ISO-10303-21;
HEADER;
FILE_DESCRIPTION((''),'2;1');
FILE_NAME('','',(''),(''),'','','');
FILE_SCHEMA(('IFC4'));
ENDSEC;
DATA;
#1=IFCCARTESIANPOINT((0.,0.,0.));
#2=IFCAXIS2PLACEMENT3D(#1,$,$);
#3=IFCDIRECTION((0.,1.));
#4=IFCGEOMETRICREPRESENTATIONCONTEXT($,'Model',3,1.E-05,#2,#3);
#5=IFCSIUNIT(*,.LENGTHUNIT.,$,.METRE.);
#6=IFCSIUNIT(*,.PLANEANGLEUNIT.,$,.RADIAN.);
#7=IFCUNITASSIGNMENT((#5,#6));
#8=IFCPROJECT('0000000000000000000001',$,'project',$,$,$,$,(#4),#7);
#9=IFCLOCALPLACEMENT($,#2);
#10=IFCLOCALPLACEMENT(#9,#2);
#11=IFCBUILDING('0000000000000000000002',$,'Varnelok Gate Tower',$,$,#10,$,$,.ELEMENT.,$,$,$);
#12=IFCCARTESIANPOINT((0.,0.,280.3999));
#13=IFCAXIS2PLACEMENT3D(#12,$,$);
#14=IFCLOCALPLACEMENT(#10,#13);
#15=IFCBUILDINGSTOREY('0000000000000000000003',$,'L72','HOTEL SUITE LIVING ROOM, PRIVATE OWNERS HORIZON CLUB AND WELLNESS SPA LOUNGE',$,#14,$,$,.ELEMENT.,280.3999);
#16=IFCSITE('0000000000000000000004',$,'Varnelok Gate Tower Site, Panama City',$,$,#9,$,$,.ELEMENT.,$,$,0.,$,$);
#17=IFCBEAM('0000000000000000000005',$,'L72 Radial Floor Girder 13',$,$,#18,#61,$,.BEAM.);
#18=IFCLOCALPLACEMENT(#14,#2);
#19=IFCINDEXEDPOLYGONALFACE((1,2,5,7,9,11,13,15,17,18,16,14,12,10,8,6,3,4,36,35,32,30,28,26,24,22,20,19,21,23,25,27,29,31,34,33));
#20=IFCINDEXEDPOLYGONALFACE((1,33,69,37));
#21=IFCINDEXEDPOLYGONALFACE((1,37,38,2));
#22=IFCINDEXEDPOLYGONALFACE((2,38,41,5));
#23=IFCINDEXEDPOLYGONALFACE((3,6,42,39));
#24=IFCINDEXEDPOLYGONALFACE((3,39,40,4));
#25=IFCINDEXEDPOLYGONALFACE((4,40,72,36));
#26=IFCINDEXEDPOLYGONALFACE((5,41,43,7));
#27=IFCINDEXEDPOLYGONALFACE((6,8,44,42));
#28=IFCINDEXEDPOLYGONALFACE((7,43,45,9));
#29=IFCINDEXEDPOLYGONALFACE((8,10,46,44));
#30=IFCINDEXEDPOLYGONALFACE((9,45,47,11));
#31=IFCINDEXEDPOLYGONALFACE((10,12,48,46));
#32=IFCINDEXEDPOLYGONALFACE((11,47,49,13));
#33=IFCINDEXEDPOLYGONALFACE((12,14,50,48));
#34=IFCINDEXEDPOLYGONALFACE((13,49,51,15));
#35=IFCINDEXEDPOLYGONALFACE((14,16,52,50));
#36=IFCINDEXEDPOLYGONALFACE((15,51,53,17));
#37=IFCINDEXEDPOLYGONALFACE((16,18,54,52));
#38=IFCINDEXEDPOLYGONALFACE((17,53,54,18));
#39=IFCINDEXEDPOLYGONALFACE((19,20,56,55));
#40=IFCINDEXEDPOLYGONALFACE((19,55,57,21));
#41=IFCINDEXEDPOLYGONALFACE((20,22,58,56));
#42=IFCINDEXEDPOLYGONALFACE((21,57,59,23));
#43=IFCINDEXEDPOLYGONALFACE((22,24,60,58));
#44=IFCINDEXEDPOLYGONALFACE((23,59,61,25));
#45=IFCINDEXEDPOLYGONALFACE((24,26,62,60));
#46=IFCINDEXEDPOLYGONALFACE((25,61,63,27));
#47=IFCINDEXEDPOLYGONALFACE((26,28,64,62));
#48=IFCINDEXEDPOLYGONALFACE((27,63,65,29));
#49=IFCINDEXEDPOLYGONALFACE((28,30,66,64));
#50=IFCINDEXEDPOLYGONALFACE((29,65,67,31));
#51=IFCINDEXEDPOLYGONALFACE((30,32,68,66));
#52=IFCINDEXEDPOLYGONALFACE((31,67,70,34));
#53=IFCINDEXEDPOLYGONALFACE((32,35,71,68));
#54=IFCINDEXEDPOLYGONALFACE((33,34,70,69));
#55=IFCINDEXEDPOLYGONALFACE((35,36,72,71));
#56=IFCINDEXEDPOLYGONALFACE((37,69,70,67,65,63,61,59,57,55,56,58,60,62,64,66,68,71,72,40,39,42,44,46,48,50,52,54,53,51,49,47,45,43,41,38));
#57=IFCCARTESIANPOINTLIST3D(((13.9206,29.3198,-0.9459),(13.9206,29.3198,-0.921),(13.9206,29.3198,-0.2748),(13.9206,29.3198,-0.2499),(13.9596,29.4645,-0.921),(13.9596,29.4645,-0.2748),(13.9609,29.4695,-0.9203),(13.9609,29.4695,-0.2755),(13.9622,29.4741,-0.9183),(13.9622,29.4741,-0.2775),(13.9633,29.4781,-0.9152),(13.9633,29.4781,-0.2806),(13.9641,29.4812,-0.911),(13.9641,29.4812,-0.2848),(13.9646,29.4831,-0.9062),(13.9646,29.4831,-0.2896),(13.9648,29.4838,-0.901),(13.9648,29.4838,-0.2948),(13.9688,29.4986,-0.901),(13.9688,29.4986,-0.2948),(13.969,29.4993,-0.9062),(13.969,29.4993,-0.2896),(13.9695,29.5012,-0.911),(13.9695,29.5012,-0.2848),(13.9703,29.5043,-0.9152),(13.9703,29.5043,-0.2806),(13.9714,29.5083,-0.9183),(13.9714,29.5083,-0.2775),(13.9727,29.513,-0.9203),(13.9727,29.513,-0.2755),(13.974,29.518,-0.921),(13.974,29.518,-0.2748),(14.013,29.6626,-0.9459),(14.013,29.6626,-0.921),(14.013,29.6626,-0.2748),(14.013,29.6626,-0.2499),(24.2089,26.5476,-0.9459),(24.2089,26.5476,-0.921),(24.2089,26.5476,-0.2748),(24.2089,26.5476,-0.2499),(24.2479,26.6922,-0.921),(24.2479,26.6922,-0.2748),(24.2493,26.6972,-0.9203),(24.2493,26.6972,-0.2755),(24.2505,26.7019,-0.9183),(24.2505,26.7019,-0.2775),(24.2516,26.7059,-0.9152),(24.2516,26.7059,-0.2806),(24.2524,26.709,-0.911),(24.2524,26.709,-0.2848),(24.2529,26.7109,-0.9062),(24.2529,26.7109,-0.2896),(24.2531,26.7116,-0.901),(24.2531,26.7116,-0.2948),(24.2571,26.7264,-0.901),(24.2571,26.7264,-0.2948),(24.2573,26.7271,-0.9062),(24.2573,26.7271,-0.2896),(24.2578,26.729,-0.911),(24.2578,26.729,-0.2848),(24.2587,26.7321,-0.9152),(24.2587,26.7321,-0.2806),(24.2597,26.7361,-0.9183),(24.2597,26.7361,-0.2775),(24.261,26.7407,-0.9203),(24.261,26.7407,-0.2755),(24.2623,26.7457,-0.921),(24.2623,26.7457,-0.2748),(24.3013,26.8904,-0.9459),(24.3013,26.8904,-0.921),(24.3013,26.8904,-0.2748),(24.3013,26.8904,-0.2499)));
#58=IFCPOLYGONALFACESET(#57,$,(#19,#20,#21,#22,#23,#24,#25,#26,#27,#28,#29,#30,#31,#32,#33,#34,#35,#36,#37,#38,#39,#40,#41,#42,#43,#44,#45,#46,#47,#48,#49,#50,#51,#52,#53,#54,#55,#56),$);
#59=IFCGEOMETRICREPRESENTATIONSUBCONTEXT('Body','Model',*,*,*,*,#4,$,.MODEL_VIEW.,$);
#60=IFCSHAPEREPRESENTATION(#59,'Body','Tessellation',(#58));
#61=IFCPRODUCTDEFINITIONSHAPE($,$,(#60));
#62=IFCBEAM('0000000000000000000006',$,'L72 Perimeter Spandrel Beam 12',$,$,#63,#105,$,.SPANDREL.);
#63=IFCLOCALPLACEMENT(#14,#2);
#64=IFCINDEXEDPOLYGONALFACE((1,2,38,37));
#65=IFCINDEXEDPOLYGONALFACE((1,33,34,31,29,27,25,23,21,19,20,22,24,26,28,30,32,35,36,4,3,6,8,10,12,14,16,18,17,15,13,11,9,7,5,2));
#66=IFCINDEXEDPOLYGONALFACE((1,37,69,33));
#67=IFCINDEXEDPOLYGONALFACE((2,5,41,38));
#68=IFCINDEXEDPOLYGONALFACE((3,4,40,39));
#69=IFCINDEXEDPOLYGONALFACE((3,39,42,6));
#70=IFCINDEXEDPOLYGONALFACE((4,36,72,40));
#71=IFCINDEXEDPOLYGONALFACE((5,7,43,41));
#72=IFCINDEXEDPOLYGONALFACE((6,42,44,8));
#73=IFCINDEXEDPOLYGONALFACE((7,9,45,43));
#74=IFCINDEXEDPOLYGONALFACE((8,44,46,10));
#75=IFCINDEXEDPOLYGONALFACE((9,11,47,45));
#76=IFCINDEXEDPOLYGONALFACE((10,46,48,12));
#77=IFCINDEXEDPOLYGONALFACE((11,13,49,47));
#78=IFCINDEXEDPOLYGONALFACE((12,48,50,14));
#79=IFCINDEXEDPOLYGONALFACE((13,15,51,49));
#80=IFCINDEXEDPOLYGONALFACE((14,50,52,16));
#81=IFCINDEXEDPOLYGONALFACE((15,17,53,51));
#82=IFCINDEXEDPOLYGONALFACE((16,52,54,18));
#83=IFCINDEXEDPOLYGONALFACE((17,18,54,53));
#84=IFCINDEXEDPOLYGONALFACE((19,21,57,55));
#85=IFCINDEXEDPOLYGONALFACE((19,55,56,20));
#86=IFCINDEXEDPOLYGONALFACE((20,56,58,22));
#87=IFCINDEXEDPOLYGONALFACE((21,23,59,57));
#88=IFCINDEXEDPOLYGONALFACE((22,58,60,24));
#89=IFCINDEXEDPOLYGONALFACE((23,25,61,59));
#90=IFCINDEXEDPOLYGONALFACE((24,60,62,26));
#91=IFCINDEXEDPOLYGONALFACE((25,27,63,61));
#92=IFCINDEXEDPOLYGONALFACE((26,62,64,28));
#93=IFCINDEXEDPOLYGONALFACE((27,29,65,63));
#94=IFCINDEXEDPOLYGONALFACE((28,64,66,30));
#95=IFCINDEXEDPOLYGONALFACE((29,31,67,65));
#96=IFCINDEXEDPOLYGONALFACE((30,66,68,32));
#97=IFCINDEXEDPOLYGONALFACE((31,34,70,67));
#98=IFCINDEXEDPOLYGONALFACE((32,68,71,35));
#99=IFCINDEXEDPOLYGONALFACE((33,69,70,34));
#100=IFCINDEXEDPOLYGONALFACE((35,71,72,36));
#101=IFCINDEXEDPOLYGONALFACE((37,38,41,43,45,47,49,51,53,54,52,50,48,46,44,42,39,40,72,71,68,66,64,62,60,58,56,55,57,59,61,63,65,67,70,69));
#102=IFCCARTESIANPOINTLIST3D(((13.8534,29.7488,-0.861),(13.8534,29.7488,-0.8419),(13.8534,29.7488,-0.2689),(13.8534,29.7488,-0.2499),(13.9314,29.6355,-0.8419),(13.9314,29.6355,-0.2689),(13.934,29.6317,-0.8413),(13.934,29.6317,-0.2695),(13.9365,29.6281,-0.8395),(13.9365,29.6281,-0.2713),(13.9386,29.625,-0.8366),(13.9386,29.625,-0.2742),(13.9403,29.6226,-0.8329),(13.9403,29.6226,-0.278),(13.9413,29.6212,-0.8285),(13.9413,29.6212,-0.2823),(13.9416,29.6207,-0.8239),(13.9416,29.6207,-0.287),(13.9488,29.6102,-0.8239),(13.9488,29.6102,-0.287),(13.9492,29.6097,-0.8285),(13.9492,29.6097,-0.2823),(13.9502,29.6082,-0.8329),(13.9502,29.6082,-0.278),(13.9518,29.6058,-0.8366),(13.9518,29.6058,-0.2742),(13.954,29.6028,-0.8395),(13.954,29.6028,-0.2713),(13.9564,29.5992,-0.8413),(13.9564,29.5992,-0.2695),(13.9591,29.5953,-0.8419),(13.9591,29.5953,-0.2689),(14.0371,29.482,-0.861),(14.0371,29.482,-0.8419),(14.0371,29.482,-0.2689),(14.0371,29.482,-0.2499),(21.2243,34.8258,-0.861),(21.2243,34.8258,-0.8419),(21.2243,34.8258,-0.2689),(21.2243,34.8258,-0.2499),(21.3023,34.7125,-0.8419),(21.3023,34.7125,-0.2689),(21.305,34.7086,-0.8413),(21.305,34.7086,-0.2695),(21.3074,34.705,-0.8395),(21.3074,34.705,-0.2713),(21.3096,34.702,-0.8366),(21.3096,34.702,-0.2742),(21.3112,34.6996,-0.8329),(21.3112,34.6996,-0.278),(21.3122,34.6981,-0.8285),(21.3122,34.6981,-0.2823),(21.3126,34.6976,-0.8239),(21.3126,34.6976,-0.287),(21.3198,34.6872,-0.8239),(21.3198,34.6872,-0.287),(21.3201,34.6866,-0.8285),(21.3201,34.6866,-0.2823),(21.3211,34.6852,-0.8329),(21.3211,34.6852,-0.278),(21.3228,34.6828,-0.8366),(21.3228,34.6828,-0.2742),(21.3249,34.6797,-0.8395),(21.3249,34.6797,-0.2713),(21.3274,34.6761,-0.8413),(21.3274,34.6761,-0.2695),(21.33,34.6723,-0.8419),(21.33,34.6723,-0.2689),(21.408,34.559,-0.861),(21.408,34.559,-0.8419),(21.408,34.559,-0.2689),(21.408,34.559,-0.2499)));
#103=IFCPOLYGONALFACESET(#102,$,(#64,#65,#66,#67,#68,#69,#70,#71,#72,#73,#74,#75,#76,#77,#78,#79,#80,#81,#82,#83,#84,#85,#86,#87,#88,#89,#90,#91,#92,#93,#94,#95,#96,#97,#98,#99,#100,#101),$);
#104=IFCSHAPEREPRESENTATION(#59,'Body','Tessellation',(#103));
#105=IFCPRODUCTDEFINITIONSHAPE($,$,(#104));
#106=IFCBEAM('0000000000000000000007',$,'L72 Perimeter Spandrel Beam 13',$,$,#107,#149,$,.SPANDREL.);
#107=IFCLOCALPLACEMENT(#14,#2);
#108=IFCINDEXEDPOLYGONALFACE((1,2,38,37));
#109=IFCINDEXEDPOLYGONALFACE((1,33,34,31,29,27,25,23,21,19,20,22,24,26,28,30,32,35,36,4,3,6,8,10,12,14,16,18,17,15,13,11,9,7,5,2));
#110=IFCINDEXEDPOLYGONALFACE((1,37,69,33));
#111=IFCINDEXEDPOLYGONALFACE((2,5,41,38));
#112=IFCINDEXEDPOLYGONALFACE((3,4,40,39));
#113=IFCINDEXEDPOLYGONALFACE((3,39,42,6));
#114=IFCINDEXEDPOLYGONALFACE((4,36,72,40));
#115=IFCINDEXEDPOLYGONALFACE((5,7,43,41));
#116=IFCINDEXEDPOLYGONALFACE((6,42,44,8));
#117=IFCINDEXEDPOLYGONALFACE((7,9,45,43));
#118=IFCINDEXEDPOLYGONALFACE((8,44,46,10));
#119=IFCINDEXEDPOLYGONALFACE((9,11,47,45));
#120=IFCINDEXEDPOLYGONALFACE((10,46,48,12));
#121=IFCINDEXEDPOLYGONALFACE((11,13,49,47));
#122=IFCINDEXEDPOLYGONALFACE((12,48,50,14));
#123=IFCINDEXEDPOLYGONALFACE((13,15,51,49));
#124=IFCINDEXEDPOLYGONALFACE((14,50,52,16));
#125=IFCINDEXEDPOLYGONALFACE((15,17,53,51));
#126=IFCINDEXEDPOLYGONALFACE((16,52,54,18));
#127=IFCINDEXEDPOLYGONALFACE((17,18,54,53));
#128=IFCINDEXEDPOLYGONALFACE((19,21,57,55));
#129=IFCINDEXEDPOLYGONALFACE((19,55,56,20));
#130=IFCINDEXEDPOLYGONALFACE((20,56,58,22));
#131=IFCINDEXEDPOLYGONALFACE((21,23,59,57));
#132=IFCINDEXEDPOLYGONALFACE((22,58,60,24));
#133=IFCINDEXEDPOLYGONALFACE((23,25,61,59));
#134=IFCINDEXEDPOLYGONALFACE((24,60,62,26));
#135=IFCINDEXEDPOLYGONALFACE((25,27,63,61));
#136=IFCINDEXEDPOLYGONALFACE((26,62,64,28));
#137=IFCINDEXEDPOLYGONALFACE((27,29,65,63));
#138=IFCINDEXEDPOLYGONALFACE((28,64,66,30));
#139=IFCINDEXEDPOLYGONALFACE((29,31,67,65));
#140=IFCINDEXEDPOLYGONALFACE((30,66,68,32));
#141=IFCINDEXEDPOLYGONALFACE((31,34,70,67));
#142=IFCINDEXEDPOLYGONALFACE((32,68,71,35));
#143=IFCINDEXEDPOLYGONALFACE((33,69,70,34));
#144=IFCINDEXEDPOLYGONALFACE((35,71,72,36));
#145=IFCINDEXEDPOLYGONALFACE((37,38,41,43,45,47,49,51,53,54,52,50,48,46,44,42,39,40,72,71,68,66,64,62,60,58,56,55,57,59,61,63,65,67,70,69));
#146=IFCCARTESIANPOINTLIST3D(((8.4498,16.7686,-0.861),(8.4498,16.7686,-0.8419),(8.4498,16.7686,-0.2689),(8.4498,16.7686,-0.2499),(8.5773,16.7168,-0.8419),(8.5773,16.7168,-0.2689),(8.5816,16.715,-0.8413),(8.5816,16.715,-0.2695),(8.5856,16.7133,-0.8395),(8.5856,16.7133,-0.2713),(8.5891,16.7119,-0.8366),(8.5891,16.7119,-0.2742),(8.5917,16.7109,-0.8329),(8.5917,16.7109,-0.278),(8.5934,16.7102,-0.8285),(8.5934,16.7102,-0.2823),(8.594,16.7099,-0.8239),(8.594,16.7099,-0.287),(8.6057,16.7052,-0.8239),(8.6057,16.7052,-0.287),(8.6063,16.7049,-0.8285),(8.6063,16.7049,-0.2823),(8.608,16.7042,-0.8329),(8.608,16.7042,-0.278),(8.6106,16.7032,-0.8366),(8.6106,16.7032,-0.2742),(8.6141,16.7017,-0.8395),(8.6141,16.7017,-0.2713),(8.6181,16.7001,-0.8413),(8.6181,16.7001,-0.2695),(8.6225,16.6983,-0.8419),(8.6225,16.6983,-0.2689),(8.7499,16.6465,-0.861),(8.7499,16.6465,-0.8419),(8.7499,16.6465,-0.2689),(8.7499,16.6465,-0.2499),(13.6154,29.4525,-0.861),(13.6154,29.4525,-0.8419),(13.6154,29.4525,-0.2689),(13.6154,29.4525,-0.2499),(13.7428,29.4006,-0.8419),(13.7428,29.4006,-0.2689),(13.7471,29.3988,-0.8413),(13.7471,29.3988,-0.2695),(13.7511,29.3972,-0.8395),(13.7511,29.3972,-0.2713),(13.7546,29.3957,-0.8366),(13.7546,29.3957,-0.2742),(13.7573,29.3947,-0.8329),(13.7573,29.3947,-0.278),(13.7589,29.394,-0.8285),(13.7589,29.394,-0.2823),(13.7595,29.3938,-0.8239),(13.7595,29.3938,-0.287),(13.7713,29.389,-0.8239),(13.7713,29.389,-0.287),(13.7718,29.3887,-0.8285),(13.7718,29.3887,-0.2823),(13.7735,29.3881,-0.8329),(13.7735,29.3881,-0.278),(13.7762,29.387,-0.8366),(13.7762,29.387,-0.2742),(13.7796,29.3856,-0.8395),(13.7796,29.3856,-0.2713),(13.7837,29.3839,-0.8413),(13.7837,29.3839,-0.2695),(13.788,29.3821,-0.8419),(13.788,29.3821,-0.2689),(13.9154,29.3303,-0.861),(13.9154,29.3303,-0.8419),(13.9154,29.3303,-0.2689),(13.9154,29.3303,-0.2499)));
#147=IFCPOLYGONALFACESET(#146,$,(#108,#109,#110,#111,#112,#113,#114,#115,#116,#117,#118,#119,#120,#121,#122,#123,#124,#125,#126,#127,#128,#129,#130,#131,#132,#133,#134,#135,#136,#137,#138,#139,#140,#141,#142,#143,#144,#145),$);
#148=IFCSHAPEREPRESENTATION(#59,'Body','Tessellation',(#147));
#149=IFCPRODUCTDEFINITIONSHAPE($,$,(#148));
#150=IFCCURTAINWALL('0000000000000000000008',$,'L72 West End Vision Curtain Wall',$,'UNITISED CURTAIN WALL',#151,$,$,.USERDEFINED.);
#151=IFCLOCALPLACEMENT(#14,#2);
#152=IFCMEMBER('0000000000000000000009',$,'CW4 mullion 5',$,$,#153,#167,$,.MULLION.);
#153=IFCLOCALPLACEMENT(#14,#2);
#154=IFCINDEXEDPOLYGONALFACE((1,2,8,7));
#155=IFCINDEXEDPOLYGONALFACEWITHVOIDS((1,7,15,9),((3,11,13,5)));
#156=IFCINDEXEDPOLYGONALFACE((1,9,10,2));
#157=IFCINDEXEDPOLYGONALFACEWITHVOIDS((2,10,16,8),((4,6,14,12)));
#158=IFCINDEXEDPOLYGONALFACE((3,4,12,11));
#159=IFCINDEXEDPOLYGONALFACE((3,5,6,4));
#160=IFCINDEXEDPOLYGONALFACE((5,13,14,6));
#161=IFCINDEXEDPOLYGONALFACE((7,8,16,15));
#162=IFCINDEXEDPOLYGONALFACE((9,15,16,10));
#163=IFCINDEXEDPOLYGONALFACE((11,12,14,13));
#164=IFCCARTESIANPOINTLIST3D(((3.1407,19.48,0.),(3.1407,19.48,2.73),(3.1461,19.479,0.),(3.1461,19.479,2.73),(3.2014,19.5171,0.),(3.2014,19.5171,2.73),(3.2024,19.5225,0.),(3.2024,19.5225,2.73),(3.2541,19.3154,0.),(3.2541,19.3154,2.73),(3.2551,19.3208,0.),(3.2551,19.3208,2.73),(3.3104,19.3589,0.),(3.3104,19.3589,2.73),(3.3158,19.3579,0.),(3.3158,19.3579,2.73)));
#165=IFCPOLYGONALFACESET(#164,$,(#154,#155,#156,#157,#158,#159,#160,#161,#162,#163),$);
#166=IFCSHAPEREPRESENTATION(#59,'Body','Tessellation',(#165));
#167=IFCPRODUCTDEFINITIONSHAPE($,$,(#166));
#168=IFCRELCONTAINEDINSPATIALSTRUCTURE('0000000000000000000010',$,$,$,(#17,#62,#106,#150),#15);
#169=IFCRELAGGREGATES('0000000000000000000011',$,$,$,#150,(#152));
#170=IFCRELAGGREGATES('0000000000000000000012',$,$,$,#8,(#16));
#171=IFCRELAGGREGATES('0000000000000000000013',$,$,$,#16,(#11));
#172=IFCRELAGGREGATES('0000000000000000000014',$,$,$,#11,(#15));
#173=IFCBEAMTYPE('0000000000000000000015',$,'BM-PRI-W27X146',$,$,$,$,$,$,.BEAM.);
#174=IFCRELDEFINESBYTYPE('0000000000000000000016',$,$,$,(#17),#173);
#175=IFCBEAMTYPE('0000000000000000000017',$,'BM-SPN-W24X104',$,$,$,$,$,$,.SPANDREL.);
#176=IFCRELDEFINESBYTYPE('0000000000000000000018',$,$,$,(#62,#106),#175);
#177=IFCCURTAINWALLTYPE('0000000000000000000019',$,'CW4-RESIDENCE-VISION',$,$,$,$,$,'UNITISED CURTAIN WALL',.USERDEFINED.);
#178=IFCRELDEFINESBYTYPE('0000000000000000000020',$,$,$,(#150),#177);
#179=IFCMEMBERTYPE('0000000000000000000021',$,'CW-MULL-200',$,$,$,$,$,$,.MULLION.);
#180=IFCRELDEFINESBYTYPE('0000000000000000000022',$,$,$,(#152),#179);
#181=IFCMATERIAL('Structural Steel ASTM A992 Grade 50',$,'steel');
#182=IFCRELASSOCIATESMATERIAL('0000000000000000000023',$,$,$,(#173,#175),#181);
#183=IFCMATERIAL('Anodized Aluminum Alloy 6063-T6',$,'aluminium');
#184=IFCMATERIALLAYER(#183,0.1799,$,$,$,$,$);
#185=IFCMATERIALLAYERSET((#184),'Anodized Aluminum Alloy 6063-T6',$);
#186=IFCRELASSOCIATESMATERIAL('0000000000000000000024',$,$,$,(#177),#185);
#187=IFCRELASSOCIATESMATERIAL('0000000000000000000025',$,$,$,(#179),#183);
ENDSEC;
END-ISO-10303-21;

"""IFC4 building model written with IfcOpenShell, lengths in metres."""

from ifc_helpers import new_model, si_unit, direction, frame, origin, origin_2d, place, context, subcontext, project, spatial, hollow_rectangle, i_section, extrude, material, layer, layer_set, material_profile, profile_set, type_object, element, aggregate, save


model = new_model("IFC4")

# Units and contexts
model_context = context("Model", 3, precision=1e-05, world=origin(), true_north=direction((0.0, 1.0)))
body_context = subcontext(model_context, "Body", "Model", "MODEL_VIEW")
ifc_project = project(units=[si_unit("LENGTHUNIT", "METRE"), si_unit("PLANEANGLEUNIT", "RADIAN")], contexts=[model_context])

# Site, building, storey
site_placement = place(None, origin())
site = spatial("IfcSite", under=ifc_project, at=site_placement, Name="Varnelok Gate Tower Site, Panama City", CompositionType="ELEMENT", RefElevation=0.0)
building_placement = place(site_placement, origin())
building = spatial("IfcBuilding", under=site, at=building_placement, Name="Varnelok Gate Tower", CompositionType="ELEMENT")
storey_placement = place(building_placement, frame((0.0, 0.0, 280.3999)))
storey = spatial("IfcBuildingStorey", under=building, at=storey_placement, Name="L72", Description="HOTEL SUITE LIVING ROOM, PRIVATE OWNERS HORIZON CLUB AND WELLNESS SPA LOUNGE", CompositionType="ELEMENT", Elevation=280.3999)

# Shared definitions
ifc_material_1 = material(Name="Structural Steel ASTM A992 Grade 50", Category="steel")

# Beams
ifc_material_profile_1 = material_profile(ifc_material_1, i_section(OverallWidth=0.355, OverallDepth=0.696, WebThickness=0.0154, FlangeThickness=0.0249, FilletRadius=0.02, at=origin_2d()), Name="W27X146")
ifc_profile_set_1 = profile_set([ifc_material_profile_1], Name="Structural Steel ASTM A992 Grade 50")
beam_type_1 = type_object("IfcBeamType", Name="BM-PRI-W27X146", PredefinedType="BEAM", material=ifc_profile_set_1)
beam_1_placement = place(storey_placement, frame((24.2551, 26.719, -0.5979), z_axis=(-0.965562, 0.260173, 0.0), x_axis=(-0.260173, -0.965562, 0.0)))
element("IfcBeam", 1, at=beam_1_placement, inside=storey, type_object=beam_type_1, Name="L72 Radial Floor Girder 13", PredefinedType="BEAM", context=body_context, shape_type="SweptSolid", body=[
    extrude(i_section(OverallWidth=0.355, OverallDepth=0.696, WebThickness=0.0154, FlangeThickness=0.0249, FilletRadius=0.02, at=origin_2d()), origin(), (0.0, 0.0, 1.0), 10.6553),
])
ifc_material_profile_2 = material_profile(ifc_material_1, i_section(OverallWidth=0.324, OverallDepth=0.6111, WebThickness=0.0127, FlangeThickness=0.019, FilletRadius=0.0181, at=origin_2d()), Name="W24X104")
ifc_profile_set_2 = profile_set([ifc_material_profile_2], Name="Structural Steel ASTM A992 Grade 50")
beam_type_2 = type_object("IfcBeamType", Name="BM-SPN-W24X104", PredefinedType="SPANDREL", material=ifc_profile_set_2)
beam_2_placement = place(storey_placement, frame((21.3162, 34.6924, -0.5554), z_axis=(-0.823549, -0.567245, 0.0), x_axis=(0.567245, -0.823549, 0.0)))
element("IfcBeam", 2, at=beam_2_placement, inside=storey, type_object=beam_type_2, Name="L72 Perimeter Spandrel Beam 12", PredefinedType="SPANDREL", context=body_context, shape_type="SweptSolid", body=[
    extrude(i_section(OverallWidth=0.324, OverallDepth=0.6111, WebThickness=0.0127, FlangeThickness=0.019, FilletRadius=0.0181, at=origin_2d()), origin(), (0.0, 0.0, 1.0), 8.9502),
])
beam_3_placement = place(storey_placement, frame((13.7654, 29.3914, -0.5554), z_axis=(-0.377174, -0.926142, 0.0), x_axis=(0.926142, -0.377174, 0.0)))
element("IfcBeam", 3, at=beam_3_placement, inside=storey, type_object=beam_type_2, Name="L72 Perimeter Spandrel Beam 13", PredefinedType="SPANDREL", context=body_context, shape_type="SweptSolid", body=[
    extrude(i_section(OverallWidth=0.324, OverallDepth=0.6111, WebThickness=0.0127, FlangeThickness=0.019, FilletRadius=0.0181, at=origin_2d()), origin(), (0.0, 0.0, 1.0), 13.6953),
])

# Curtain wall, member
ifc_material_2 = material(Name="Anodized Aluminum Alloy 6063-T6", Category="aluminium")
ifc_layer_1 = layer(ifc_material_2, 0.1799)
ifc_layer_set_1 = layer_set([ifc_layer_1], Name="Anodized Aluminum Alloy 6063-T6")
curtain_wall_type = type_object("IfcCurtainWallType", Name="CW4-RESIDENCE-VISION", ElementType="UNITISED CURTAIN WALL", PredefinedType="USERDEFINED", material=ifc_layer_set_1)
curtain_wall_placement = place(storey_placement, origin())
curtain_wall = element("IfcCurtainWall", 4, at=curtain_wall_placement, inside=storey, type_object=curtain_wall_type, Name="L72 West End Vision Curtain Wall", ObjectType="UNITISED CURTAIN WALL", PredefinedType="USERDEFINED")
ifc_material_profile_3 = material_profile(ifc_material_2, hollow_rectangle(XDim=0.075, YDim=0.2, WallThickness=0.0039, at=origin_2d()), Name="ALU200X75X4")
ifc_profile_set_3 = profile_set([ifc_material_profile_3], Name="Anodized Aluminum Alloy 6063-T6")
member_type = type_object("IfcMemberType", Name="CW-MULL-200", PredefinedType="MULLION", material=ifc_profile_set_3)
member_placement = place(storey_placement, frame((3.2283, 19.4189, 0.0), z_axis=(0.0, 0.0, 1.0), x_axis=(-0.823532, -0.567269, 0.0)))
member = element("IfcMember", 5, at=member_placement, type_object=member_type, Name="CW4 mullion 5", PredefinedType="MULLION", context=body_context, shape_type="SweptSolid", body=[
    extrude(hollow_rectangle(XDim=0.075, YDim=0.2, WallThickness=0.0039, at=origin_2d()), origin(), (0.0, 0.0, 1.0), 2.73),
])
aggregate(curtain_wall, [member])

save(model, "model.ifc")
